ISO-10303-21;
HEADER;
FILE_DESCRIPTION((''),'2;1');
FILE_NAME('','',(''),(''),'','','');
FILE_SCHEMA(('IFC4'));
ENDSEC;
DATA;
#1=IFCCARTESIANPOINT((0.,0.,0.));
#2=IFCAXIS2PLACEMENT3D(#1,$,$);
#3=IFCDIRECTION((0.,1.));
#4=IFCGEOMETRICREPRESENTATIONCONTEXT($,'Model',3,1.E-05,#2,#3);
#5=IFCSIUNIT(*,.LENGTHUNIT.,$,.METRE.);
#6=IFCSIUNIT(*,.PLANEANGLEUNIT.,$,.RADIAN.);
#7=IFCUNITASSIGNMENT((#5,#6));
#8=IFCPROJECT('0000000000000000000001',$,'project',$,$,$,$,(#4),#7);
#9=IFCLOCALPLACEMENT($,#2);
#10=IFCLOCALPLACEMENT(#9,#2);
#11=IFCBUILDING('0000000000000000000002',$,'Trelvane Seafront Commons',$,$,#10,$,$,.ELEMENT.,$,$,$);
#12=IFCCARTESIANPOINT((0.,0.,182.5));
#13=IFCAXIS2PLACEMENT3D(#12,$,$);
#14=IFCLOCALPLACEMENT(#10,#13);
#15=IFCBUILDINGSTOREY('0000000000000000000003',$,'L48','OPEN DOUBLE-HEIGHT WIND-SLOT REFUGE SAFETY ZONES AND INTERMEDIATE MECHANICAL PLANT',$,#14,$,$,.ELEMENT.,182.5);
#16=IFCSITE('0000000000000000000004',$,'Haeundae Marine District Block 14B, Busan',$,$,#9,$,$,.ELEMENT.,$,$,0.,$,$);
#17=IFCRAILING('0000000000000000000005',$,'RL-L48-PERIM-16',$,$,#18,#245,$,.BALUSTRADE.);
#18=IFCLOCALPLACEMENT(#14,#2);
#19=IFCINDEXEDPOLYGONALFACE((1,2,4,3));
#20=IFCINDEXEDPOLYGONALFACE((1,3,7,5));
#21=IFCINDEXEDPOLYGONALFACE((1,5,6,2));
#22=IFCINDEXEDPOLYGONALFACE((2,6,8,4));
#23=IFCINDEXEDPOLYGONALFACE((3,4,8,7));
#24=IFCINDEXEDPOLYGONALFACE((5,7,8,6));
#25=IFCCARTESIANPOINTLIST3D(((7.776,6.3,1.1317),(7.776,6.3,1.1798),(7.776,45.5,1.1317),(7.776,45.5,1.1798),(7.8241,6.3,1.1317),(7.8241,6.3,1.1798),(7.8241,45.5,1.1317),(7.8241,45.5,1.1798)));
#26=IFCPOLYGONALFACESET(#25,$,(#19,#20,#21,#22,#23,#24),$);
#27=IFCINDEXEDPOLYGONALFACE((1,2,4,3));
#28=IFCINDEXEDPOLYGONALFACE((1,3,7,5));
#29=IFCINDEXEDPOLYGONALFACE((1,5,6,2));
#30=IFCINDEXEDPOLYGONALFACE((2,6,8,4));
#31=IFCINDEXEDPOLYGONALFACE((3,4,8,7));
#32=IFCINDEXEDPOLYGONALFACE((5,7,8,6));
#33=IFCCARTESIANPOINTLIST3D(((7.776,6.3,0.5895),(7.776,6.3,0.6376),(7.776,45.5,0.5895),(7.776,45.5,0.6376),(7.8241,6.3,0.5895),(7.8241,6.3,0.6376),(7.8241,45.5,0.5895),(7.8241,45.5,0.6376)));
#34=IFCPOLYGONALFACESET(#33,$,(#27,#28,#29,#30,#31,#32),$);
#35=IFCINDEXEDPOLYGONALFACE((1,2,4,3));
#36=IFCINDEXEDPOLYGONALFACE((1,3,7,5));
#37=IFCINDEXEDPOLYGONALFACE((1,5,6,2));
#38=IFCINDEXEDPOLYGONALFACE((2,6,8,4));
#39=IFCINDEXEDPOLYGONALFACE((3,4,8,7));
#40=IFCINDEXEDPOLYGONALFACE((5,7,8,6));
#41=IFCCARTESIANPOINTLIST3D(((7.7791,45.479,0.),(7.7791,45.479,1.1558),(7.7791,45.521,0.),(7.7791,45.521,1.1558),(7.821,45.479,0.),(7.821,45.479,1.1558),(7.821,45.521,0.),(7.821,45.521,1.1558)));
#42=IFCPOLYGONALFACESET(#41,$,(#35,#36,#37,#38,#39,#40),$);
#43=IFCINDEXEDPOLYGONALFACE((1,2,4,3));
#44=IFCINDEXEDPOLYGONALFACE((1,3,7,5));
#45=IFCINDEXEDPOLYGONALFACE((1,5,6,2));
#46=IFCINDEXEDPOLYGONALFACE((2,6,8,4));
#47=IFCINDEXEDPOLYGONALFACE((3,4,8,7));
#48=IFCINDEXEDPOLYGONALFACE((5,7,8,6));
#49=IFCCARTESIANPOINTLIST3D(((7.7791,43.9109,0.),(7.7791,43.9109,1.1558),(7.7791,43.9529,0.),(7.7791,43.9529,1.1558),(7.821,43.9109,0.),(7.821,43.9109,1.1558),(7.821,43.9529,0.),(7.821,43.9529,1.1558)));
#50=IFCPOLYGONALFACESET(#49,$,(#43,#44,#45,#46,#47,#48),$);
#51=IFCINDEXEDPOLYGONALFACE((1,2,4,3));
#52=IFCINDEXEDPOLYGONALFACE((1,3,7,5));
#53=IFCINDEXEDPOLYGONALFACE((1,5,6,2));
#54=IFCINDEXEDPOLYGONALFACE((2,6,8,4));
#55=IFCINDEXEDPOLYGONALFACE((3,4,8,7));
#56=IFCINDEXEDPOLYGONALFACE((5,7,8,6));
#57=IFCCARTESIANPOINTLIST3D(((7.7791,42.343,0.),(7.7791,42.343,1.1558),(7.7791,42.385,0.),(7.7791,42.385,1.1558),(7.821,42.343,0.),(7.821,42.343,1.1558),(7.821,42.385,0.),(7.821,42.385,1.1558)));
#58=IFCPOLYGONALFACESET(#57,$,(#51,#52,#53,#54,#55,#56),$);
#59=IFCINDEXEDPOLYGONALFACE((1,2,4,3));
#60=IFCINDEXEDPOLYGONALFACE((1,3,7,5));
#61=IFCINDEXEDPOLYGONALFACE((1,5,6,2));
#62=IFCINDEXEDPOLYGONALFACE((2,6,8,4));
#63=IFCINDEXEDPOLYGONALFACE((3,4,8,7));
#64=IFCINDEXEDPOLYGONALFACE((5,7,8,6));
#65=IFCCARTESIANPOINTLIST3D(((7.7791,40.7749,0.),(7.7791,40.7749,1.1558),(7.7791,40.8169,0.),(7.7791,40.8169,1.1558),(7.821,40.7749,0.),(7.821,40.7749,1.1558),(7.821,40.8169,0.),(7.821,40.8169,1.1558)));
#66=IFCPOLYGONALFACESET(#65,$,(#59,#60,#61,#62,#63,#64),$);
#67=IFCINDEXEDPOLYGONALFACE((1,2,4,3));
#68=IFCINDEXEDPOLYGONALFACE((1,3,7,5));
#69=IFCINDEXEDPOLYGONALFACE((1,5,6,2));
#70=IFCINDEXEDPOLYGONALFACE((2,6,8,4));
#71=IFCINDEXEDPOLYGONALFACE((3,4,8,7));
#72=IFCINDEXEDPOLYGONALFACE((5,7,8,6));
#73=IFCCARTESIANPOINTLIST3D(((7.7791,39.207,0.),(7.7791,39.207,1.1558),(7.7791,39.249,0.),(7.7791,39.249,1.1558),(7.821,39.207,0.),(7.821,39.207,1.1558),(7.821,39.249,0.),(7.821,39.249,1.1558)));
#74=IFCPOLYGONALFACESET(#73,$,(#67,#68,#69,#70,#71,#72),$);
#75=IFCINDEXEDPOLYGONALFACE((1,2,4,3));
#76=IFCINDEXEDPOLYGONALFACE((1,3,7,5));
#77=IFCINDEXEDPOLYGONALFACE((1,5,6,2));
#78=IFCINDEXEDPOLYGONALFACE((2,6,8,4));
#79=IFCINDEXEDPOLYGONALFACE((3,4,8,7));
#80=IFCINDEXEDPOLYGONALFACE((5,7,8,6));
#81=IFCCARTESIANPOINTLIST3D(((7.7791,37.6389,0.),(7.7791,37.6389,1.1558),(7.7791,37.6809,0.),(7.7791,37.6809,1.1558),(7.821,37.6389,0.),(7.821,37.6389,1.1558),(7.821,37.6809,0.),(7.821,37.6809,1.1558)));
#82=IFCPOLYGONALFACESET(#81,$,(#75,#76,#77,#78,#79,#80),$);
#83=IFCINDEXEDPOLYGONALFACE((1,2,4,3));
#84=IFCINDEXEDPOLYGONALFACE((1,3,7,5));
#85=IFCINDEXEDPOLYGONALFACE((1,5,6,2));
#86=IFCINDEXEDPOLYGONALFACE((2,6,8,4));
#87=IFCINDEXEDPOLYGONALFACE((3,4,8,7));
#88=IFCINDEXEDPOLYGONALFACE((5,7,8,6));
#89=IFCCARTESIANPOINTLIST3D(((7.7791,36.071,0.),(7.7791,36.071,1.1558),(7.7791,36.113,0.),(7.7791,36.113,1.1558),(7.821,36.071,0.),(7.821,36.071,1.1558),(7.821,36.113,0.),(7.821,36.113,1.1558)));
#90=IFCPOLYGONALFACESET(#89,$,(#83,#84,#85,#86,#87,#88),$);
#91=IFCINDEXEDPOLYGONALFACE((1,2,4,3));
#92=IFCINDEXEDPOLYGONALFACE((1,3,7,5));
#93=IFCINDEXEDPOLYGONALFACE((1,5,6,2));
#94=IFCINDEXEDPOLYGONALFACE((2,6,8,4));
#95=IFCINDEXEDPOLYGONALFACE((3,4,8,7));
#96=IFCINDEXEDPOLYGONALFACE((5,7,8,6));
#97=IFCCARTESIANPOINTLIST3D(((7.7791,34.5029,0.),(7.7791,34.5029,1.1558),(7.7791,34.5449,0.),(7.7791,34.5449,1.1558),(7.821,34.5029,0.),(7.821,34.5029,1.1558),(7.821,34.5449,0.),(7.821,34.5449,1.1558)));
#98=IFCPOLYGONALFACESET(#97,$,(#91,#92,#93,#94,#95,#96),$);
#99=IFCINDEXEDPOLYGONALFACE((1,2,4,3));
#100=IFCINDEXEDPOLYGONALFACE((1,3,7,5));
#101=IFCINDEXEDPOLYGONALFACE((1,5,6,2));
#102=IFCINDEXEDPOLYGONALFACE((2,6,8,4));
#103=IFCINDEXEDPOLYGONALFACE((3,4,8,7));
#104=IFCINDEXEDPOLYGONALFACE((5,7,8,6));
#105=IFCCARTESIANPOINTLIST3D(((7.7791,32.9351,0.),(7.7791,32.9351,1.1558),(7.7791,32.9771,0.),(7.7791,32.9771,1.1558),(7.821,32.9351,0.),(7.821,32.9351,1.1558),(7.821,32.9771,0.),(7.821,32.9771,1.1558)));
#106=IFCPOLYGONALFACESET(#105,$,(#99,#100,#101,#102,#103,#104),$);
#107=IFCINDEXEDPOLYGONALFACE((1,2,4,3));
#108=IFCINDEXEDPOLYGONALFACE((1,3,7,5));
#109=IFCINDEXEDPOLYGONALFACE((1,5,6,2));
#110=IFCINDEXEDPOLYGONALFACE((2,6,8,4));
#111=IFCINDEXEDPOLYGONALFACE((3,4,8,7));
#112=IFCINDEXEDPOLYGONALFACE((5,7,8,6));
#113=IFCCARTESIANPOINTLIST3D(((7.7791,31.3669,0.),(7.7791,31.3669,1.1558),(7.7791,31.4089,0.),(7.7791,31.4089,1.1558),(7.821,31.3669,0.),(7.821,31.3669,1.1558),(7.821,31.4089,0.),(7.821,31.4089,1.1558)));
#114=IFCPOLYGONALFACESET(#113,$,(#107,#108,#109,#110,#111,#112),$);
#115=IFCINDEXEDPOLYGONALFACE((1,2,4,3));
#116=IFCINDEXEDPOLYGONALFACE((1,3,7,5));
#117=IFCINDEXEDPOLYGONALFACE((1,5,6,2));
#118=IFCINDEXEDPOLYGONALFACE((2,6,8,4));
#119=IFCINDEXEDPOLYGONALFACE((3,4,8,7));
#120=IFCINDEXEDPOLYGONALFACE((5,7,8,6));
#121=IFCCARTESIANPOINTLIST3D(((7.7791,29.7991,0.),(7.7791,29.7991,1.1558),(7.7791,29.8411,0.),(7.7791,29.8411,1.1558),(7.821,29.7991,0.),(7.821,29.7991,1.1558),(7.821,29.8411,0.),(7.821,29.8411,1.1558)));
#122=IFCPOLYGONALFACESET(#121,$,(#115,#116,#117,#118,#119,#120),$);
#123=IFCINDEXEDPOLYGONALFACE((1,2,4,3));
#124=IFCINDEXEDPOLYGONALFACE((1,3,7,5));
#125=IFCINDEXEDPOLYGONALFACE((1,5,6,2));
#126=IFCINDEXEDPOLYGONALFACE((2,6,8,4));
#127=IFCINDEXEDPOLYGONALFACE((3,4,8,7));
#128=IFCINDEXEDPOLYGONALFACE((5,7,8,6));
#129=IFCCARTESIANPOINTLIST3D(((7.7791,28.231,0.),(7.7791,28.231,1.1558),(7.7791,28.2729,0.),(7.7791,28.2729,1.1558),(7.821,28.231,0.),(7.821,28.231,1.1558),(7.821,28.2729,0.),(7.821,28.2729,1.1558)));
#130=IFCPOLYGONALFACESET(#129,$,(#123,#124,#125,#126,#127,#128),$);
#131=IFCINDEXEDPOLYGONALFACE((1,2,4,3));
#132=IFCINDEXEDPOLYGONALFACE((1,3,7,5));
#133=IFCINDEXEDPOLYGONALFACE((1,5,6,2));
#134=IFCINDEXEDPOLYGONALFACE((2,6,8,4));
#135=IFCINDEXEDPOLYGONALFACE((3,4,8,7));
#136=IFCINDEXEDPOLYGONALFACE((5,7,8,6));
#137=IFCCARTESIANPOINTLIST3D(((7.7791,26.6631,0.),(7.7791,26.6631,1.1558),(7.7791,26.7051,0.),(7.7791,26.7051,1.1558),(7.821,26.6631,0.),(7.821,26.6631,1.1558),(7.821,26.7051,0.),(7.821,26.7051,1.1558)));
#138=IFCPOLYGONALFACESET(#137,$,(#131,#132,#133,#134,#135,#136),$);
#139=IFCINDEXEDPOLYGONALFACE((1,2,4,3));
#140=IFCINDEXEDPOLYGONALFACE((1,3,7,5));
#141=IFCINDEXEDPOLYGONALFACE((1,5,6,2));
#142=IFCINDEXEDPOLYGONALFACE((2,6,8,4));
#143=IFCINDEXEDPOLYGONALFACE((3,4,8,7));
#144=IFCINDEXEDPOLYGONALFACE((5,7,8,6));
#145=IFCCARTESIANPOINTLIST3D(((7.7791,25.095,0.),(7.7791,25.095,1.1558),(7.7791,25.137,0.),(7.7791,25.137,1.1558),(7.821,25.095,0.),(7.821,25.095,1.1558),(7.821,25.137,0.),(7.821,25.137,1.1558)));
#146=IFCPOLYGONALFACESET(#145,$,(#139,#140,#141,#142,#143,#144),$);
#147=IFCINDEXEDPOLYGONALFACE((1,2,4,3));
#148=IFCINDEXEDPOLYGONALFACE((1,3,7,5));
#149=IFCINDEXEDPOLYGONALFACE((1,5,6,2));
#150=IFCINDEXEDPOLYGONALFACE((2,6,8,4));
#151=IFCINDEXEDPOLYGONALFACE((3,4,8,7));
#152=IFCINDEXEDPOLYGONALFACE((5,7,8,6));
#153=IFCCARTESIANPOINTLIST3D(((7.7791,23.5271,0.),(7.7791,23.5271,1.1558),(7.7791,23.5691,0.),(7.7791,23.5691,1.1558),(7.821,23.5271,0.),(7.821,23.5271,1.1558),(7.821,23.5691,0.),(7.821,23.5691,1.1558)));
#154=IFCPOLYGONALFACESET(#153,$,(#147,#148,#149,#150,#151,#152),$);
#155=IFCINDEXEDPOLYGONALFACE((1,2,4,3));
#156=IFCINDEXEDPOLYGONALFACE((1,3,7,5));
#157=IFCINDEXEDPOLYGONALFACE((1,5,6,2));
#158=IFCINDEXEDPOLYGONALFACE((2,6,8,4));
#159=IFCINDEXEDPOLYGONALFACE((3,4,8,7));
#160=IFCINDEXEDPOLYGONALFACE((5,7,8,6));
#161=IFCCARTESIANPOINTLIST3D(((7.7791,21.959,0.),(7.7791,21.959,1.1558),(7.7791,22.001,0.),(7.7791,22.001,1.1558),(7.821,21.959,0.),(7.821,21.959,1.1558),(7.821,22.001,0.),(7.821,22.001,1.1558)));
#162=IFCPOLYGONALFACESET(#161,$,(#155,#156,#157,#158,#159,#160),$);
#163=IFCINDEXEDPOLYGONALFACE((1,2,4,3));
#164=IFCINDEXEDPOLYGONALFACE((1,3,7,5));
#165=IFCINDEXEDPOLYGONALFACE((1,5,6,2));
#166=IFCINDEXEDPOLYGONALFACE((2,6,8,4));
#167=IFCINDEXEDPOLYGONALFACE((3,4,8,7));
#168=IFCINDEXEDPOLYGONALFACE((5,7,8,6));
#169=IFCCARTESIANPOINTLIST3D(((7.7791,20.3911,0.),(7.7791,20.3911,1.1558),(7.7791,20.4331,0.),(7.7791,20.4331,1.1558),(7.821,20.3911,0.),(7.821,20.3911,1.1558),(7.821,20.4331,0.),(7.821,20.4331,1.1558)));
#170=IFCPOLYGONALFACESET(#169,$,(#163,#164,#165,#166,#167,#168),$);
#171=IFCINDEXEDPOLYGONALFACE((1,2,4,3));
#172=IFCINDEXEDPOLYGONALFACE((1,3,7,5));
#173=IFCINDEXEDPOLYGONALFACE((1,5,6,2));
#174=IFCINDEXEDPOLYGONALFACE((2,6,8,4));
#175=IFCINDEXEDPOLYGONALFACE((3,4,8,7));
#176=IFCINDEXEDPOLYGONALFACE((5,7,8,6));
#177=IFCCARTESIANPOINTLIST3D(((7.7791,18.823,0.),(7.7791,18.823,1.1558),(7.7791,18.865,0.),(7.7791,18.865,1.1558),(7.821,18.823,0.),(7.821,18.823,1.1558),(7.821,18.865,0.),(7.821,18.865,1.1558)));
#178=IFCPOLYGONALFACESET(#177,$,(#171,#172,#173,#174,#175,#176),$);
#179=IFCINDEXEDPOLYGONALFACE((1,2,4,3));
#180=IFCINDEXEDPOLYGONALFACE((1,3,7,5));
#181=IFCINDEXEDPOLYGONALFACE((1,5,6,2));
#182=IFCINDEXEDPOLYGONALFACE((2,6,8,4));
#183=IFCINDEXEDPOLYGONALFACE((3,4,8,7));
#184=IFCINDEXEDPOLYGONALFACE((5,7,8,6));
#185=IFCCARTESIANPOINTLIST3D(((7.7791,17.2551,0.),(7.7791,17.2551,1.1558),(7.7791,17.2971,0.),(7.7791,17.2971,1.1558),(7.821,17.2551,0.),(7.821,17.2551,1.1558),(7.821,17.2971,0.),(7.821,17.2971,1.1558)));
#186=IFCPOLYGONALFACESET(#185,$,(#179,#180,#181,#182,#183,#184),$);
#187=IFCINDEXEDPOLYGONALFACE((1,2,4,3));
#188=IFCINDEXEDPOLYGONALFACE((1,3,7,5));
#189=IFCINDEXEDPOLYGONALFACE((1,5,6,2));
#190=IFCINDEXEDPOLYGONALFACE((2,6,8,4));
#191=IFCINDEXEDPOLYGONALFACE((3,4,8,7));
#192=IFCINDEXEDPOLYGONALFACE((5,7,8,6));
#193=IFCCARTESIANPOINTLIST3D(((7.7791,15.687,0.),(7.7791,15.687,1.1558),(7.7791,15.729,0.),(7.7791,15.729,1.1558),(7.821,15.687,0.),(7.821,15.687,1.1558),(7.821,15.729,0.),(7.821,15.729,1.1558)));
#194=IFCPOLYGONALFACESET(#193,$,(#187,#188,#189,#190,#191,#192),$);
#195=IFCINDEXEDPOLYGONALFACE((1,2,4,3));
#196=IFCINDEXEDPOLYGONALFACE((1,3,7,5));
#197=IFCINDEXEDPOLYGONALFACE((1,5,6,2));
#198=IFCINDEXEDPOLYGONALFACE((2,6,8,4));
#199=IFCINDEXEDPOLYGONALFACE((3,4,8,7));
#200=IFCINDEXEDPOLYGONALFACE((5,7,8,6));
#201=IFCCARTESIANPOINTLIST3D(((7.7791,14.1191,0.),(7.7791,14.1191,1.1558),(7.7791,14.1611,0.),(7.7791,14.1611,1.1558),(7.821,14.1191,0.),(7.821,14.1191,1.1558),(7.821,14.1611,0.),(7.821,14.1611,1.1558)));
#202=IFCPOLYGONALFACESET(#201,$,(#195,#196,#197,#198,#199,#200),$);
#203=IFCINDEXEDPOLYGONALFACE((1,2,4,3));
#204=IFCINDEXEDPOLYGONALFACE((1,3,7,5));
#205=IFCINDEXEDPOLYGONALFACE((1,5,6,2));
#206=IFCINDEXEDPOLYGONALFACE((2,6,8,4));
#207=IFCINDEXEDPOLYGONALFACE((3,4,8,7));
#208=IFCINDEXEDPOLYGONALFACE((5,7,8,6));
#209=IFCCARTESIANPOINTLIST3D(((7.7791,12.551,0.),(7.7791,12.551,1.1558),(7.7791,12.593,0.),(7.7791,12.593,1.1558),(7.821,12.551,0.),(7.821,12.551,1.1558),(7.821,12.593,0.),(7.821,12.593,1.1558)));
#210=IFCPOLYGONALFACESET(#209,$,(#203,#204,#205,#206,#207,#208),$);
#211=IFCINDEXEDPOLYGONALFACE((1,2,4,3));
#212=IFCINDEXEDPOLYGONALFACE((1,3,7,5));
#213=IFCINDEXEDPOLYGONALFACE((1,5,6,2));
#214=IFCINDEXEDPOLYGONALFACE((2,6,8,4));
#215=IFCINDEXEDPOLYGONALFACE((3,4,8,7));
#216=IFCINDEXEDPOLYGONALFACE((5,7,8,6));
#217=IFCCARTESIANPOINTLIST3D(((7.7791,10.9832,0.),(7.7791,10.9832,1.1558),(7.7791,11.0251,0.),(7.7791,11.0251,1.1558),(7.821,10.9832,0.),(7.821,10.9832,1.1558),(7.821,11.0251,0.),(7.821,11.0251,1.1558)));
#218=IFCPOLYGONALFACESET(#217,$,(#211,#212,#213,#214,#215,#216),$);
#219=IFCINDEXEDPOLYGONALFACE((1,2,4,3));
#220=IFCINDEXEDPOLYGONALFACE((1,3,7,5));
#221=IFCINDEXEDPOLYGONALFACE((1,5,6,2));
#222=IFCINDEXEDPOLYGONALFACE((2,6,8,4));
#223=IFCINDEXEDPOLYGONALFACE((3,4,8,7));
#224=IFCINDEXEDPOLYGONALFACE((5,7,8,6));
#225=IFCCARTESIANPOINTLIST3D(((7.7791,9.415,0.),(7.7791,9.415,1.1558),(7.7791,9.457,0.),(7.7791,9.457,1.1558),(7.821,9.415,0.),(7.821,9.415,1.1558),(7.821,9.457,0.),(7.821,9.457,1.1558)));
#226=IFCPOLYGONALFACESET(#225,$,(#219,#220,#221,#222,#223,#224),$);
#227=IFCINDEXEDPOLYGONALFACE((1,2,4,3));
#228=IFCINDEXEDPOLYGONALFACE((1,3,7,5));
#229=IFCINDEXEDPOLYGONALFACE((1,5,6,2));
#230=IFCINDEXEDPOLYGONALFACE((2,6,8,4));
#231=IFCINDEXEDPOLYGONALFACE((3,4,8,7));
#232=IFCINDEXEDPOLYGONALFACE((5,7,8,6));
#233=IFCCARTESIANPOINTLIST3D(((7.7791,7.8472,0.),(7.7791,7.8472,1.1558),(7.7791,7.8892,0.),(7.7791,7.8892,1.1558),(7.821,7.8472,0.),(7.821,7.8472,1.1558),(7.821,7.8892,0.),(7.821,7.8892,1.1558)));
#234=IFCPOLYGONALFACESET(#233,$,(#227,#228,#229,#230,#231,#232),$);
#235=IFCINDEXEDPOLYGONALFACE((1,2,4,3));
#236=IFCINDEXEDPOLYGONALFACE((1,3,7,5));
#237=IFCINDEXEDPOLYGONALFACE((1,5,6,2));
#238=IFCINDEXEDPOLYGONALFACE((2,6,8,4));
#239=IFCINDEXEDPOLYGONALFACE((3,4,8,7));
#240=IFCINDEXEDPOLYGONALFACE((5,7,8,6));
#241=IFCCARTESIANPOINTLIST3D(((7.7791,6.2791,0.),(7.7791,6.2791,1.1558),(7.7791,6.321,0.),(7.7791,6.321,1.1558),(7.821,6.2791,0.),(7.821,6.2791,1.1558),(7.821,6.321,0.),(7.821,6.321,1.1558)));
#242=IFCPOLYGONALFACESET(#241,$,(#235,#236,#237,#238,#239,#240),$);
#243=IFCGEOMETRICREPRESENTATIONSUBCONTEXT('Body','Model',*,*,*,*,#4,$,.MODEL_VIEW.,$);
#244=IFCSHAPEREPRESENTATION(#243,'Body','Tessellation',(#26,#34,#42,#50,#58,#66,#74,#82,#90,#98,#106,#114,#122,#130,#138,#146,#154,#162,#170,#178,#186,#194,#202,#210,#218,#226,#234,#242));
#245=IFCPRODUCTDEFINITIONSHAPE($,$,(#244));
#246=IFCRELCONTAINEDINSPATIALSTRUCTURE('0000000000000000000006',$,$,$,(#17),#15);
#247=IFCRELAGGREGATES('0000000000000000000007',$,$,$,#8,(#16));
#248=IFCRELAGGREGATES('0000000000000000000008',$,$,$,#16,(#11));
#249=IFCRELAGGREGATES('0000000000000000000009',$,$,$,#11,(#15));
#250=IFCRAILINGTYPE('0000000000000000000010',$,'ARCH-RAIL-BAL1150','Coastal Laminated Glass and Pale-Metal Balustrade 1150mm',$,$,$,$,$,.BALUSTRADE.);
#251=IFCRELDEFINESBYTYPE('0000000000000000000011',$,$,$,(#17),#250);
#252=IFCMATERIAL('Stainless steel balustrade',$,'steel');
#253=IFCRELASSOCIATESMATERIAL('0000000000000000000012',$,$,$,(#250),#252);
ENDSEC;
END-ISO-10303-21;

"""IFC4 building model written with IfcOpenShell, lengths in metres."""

from ifc_helpers import new_model, si_unit, direction, frame, origin, origin_2d, place, context, subcontext, project, spatial, rectangle, extrude, material, type_object, element, save


model = new_model("IFC4")

# Units and contexts
model_context = context("Model", 3, precision=1e-05, world=origin(), true_north=direction((0.0, 1.0)))
body_context = subcontext(model_context, "Body", "Model", "MODEL_VIEW")
ifc_project = project(units=[si_unit("LENGTHUNIT", "METRE"), si_unit("PLANEANGLEUNIT", "RADIAN")], contexts=[model_context])

# Site, building, storey
site_placement = place(None, origin())
site = spatial("IfcSite", under=ifc_project, at=site_placement, Name="Haeundae Marine District Block 14B, Busan", CompositionType="ELEMENT", RefElevation=0.0)
building_placement = place(site_placement, origin())
building = spatial("IfcBuilding", under=site, at=building_placement, Name="Trelvane Seafront Commons", CompositionType="ELEMENT")
storey_placement = place(building_placement, frame((0.0, 0.0, 182.5)))
storey = spatial("IfcBuildingStorey", under=building, at=storey_placement, Name="L48", Description="OPEN DOUBLE-HEIGHT WIND-SLOT REFUGE SAFETY ZONES AND INTERMEDIATE MECHANICAL PLANT", CompositionType="ELEMENT", Elevation=182.5)

# Railing
ifc_material_1 = material(Name="Stainless steel balustrade", Category="steel")
railing_type_1 = type_object("IfcRailingType", Name="ARCH-RAIL-BAL1150", Description="Coastal Laminated Glass and Pale-Metal Balustrade 1150mm", PredefinedType="BALUSTRADE", material=ifc_material_1)
railing_1_placement = place(storey_placement, frame((7.8, 45.5, 0.0)))
element("IfcRailing", 1, at=railing_1_placement, inside=storey, type_object=railing_type_1, Name="RL-L48-PERIM-16", PredefinedType="BALUSTRADE", context=body_context, shape_type="SweptSolid", body=[
    extrude(rectangle(XDim=0.0481, YDim=0.0481, at=origin_2d()), frame((0.0, 0.0, 1.1558), z_axis=(0.0, -1.0, 0.0), x_axis=(1.0, 0.0, 0.0)), (0.0, 0.0, 1.0), 39.2),
    extrude(rectangle(XDim=0.0481, YDim=0.0481, at=origin_2d()), frame((0.0, 0.0, 0.6135), z_axis=(0.0, -1.0, 0.0), x_axis=(1.0, 0.0, 0.0)), (0.0, 0.0, 1.0), 39.2),
    extrude(rectangle(XDim=0.042, YDim=0.042, at=origin_2d()), origin(), (0.0, 0.0, 1.0), 1.1558),
    extrude(rectangle(XDim=0.042, YDim=0.042, at=origin_2d()), frame((0.0, -1.5681, 0.0)), (0.0, 0.0, 1.0), 1.1558),
    extrude(rectangle(XDim=0.042, YDim=0.042, at=origin_2d()), frame((0.0, -3.136, 0.0)), (0.0, 0.0, 1.0), 1.1558),
    extrude(rectangle(XDim=0.042, YDim=0.042, at=origin_2d()), frame((0.0, -4.7041, 0.0)), (0.0, 0.0, 1.0), 1.1558),
    extrude(rectangle(XDim=0.042, YDim=0.042, at=origin_2d()), frame((0.0, -6.272, 0.0)), (0.0, 0.0, 1.0), 1.1558),
    extrude(rectangle(XDim=0.042, YDim=0.042, at=origin_2d()), frame((0.0, -7.8401, 0.0)), (0.0, 0.0, 1.0), 1.1558),
    extrude(rectangle(XDim=0.042, YDim=0.042, at=origin_2d()), frame((0.0, -9.408, 0.0)), (0.0, 0.0, 1.0), 1.1558),
    extrude(rectangle(XDim=0.042, YDim=0.042, at=origin_2d()), frame((0.0, -10.9761, 0.0)), (0.0, 0.0, 1.0), 1.1558),
    extrude(rectangle(XDim=0.042, YDim=0.042, at=origin_2d()), frame((0.0, -12.5439, 0.0)), (0.0, 0.0, 1.0), 1.1558),
    extrude(rectangle(XDim=0.042, YDim=0.042, at=origin_2d()), frame((0.0, -14.1121, 0.0)), (0.0, 0.0, 1.0), 1.1558),
    extrude(rectangle(XDim=0.042, YDim=0.042, at=origin_2d()), frame((0.0, -15.6799, 0.0)), (0.0, 0.0, 1.0), 1.1558),
    extrude(rectangle(XDim=0.042, YDim=0.042, at=origin_2d()), frame((0.0, -17.248, 0.0)), (0.0, 0.0, 1.0), 1.1558),
    extrude(rectangle(XDim=0.042, YDim=0.042, at=origin_2d()), frame((0.0, -18.8159, 0.0)), (0.0, 0.0, 1.0), 1.1558),
    extrude(rectangle(XDim=0.042, YDim=0.042, at=origin_2d()), frame((0.0, -20.384, 0.0)), (0.0, 0.0, 1.0), 1.1558),
    extrude(rectangle(XDim=0.042, YDim=0.042, at=origin_2d()), frame((0.0, -21.9519, 0.0)), (0.0, 0.0, 1.0), 1.1558),
    extrude(rectangle(XDim=0.042, YDim=0.042, at=origin_2d()), frame((0.0, -23.52, 0.0)), (0.0, 0.0, 1.0), 1.1558),
    extrude(rectangle(XDim=0.042, YDim=0.042, at=origin_2d()), frame((0.0, -25.0879, 0.0)), (0.0, 0.0, 1.0), 1.1558),
    extrude(rectangle(XDim=0.042, YDim=0.042, at=origin_2d()), frame((0.0, -26.656, 0.0)), (0.0, 0.0, 1.0), 1.1558),
    extrude(rectangle(XDim=0.042, YDim=0.042, at=origin_2d()), frame((0.0, -28.2239, 0.0)), (0.0, 0.0, 1.0), 1.1558),
    extrude(rectangle(XDim=0.042, YDim=0.042, at=origin_2d()), frame((0.0, -29.792, 0.0)), (0.0, 0.0, 1.0), 1.1558),
    extrude(rectangle(XDim=0.042, YDim=0.042, at=origin_2d()), frame((0.0, -31.3599, 0.0)), (0.0, 0.0, 1.0), 1.1558),
    extrude(rectangle(XDim=0.042, YDim=0.042, at=origin_2d()), frame((0.0, -32.928, 0.0)), (0.0, 0.0, 1.0), 1.1558),
    extrude(rectangle(XDim=0.042, YDim=0.042, at=origin_2d()), frame((0.0, -34.4958, 0.0)), (0.0, 0.0, 1.0), 1.1558),
    extrude(rectangle(XDim=0.042, YDim=0.042, at=origin_2d()), frame((0.0, -36.064, 0.0)), (0.0, 0.0, 1.0), 1.1558),
    extrude(rectangle(XDim=0.042, YDim=0.042, at=origin_2d()), frame((0.0, -37.6318, 0.0)), (0.0, 0.0, 1.0), 1.1558),
    extrude(rectangle(XDim=0.042, YDim=0.042, at=origin_2d()), frame((0.0, -39.2, 0.0)), (0.0, 0.0, 1.0), 1.1558),
])

save(model, "model.ifc")
